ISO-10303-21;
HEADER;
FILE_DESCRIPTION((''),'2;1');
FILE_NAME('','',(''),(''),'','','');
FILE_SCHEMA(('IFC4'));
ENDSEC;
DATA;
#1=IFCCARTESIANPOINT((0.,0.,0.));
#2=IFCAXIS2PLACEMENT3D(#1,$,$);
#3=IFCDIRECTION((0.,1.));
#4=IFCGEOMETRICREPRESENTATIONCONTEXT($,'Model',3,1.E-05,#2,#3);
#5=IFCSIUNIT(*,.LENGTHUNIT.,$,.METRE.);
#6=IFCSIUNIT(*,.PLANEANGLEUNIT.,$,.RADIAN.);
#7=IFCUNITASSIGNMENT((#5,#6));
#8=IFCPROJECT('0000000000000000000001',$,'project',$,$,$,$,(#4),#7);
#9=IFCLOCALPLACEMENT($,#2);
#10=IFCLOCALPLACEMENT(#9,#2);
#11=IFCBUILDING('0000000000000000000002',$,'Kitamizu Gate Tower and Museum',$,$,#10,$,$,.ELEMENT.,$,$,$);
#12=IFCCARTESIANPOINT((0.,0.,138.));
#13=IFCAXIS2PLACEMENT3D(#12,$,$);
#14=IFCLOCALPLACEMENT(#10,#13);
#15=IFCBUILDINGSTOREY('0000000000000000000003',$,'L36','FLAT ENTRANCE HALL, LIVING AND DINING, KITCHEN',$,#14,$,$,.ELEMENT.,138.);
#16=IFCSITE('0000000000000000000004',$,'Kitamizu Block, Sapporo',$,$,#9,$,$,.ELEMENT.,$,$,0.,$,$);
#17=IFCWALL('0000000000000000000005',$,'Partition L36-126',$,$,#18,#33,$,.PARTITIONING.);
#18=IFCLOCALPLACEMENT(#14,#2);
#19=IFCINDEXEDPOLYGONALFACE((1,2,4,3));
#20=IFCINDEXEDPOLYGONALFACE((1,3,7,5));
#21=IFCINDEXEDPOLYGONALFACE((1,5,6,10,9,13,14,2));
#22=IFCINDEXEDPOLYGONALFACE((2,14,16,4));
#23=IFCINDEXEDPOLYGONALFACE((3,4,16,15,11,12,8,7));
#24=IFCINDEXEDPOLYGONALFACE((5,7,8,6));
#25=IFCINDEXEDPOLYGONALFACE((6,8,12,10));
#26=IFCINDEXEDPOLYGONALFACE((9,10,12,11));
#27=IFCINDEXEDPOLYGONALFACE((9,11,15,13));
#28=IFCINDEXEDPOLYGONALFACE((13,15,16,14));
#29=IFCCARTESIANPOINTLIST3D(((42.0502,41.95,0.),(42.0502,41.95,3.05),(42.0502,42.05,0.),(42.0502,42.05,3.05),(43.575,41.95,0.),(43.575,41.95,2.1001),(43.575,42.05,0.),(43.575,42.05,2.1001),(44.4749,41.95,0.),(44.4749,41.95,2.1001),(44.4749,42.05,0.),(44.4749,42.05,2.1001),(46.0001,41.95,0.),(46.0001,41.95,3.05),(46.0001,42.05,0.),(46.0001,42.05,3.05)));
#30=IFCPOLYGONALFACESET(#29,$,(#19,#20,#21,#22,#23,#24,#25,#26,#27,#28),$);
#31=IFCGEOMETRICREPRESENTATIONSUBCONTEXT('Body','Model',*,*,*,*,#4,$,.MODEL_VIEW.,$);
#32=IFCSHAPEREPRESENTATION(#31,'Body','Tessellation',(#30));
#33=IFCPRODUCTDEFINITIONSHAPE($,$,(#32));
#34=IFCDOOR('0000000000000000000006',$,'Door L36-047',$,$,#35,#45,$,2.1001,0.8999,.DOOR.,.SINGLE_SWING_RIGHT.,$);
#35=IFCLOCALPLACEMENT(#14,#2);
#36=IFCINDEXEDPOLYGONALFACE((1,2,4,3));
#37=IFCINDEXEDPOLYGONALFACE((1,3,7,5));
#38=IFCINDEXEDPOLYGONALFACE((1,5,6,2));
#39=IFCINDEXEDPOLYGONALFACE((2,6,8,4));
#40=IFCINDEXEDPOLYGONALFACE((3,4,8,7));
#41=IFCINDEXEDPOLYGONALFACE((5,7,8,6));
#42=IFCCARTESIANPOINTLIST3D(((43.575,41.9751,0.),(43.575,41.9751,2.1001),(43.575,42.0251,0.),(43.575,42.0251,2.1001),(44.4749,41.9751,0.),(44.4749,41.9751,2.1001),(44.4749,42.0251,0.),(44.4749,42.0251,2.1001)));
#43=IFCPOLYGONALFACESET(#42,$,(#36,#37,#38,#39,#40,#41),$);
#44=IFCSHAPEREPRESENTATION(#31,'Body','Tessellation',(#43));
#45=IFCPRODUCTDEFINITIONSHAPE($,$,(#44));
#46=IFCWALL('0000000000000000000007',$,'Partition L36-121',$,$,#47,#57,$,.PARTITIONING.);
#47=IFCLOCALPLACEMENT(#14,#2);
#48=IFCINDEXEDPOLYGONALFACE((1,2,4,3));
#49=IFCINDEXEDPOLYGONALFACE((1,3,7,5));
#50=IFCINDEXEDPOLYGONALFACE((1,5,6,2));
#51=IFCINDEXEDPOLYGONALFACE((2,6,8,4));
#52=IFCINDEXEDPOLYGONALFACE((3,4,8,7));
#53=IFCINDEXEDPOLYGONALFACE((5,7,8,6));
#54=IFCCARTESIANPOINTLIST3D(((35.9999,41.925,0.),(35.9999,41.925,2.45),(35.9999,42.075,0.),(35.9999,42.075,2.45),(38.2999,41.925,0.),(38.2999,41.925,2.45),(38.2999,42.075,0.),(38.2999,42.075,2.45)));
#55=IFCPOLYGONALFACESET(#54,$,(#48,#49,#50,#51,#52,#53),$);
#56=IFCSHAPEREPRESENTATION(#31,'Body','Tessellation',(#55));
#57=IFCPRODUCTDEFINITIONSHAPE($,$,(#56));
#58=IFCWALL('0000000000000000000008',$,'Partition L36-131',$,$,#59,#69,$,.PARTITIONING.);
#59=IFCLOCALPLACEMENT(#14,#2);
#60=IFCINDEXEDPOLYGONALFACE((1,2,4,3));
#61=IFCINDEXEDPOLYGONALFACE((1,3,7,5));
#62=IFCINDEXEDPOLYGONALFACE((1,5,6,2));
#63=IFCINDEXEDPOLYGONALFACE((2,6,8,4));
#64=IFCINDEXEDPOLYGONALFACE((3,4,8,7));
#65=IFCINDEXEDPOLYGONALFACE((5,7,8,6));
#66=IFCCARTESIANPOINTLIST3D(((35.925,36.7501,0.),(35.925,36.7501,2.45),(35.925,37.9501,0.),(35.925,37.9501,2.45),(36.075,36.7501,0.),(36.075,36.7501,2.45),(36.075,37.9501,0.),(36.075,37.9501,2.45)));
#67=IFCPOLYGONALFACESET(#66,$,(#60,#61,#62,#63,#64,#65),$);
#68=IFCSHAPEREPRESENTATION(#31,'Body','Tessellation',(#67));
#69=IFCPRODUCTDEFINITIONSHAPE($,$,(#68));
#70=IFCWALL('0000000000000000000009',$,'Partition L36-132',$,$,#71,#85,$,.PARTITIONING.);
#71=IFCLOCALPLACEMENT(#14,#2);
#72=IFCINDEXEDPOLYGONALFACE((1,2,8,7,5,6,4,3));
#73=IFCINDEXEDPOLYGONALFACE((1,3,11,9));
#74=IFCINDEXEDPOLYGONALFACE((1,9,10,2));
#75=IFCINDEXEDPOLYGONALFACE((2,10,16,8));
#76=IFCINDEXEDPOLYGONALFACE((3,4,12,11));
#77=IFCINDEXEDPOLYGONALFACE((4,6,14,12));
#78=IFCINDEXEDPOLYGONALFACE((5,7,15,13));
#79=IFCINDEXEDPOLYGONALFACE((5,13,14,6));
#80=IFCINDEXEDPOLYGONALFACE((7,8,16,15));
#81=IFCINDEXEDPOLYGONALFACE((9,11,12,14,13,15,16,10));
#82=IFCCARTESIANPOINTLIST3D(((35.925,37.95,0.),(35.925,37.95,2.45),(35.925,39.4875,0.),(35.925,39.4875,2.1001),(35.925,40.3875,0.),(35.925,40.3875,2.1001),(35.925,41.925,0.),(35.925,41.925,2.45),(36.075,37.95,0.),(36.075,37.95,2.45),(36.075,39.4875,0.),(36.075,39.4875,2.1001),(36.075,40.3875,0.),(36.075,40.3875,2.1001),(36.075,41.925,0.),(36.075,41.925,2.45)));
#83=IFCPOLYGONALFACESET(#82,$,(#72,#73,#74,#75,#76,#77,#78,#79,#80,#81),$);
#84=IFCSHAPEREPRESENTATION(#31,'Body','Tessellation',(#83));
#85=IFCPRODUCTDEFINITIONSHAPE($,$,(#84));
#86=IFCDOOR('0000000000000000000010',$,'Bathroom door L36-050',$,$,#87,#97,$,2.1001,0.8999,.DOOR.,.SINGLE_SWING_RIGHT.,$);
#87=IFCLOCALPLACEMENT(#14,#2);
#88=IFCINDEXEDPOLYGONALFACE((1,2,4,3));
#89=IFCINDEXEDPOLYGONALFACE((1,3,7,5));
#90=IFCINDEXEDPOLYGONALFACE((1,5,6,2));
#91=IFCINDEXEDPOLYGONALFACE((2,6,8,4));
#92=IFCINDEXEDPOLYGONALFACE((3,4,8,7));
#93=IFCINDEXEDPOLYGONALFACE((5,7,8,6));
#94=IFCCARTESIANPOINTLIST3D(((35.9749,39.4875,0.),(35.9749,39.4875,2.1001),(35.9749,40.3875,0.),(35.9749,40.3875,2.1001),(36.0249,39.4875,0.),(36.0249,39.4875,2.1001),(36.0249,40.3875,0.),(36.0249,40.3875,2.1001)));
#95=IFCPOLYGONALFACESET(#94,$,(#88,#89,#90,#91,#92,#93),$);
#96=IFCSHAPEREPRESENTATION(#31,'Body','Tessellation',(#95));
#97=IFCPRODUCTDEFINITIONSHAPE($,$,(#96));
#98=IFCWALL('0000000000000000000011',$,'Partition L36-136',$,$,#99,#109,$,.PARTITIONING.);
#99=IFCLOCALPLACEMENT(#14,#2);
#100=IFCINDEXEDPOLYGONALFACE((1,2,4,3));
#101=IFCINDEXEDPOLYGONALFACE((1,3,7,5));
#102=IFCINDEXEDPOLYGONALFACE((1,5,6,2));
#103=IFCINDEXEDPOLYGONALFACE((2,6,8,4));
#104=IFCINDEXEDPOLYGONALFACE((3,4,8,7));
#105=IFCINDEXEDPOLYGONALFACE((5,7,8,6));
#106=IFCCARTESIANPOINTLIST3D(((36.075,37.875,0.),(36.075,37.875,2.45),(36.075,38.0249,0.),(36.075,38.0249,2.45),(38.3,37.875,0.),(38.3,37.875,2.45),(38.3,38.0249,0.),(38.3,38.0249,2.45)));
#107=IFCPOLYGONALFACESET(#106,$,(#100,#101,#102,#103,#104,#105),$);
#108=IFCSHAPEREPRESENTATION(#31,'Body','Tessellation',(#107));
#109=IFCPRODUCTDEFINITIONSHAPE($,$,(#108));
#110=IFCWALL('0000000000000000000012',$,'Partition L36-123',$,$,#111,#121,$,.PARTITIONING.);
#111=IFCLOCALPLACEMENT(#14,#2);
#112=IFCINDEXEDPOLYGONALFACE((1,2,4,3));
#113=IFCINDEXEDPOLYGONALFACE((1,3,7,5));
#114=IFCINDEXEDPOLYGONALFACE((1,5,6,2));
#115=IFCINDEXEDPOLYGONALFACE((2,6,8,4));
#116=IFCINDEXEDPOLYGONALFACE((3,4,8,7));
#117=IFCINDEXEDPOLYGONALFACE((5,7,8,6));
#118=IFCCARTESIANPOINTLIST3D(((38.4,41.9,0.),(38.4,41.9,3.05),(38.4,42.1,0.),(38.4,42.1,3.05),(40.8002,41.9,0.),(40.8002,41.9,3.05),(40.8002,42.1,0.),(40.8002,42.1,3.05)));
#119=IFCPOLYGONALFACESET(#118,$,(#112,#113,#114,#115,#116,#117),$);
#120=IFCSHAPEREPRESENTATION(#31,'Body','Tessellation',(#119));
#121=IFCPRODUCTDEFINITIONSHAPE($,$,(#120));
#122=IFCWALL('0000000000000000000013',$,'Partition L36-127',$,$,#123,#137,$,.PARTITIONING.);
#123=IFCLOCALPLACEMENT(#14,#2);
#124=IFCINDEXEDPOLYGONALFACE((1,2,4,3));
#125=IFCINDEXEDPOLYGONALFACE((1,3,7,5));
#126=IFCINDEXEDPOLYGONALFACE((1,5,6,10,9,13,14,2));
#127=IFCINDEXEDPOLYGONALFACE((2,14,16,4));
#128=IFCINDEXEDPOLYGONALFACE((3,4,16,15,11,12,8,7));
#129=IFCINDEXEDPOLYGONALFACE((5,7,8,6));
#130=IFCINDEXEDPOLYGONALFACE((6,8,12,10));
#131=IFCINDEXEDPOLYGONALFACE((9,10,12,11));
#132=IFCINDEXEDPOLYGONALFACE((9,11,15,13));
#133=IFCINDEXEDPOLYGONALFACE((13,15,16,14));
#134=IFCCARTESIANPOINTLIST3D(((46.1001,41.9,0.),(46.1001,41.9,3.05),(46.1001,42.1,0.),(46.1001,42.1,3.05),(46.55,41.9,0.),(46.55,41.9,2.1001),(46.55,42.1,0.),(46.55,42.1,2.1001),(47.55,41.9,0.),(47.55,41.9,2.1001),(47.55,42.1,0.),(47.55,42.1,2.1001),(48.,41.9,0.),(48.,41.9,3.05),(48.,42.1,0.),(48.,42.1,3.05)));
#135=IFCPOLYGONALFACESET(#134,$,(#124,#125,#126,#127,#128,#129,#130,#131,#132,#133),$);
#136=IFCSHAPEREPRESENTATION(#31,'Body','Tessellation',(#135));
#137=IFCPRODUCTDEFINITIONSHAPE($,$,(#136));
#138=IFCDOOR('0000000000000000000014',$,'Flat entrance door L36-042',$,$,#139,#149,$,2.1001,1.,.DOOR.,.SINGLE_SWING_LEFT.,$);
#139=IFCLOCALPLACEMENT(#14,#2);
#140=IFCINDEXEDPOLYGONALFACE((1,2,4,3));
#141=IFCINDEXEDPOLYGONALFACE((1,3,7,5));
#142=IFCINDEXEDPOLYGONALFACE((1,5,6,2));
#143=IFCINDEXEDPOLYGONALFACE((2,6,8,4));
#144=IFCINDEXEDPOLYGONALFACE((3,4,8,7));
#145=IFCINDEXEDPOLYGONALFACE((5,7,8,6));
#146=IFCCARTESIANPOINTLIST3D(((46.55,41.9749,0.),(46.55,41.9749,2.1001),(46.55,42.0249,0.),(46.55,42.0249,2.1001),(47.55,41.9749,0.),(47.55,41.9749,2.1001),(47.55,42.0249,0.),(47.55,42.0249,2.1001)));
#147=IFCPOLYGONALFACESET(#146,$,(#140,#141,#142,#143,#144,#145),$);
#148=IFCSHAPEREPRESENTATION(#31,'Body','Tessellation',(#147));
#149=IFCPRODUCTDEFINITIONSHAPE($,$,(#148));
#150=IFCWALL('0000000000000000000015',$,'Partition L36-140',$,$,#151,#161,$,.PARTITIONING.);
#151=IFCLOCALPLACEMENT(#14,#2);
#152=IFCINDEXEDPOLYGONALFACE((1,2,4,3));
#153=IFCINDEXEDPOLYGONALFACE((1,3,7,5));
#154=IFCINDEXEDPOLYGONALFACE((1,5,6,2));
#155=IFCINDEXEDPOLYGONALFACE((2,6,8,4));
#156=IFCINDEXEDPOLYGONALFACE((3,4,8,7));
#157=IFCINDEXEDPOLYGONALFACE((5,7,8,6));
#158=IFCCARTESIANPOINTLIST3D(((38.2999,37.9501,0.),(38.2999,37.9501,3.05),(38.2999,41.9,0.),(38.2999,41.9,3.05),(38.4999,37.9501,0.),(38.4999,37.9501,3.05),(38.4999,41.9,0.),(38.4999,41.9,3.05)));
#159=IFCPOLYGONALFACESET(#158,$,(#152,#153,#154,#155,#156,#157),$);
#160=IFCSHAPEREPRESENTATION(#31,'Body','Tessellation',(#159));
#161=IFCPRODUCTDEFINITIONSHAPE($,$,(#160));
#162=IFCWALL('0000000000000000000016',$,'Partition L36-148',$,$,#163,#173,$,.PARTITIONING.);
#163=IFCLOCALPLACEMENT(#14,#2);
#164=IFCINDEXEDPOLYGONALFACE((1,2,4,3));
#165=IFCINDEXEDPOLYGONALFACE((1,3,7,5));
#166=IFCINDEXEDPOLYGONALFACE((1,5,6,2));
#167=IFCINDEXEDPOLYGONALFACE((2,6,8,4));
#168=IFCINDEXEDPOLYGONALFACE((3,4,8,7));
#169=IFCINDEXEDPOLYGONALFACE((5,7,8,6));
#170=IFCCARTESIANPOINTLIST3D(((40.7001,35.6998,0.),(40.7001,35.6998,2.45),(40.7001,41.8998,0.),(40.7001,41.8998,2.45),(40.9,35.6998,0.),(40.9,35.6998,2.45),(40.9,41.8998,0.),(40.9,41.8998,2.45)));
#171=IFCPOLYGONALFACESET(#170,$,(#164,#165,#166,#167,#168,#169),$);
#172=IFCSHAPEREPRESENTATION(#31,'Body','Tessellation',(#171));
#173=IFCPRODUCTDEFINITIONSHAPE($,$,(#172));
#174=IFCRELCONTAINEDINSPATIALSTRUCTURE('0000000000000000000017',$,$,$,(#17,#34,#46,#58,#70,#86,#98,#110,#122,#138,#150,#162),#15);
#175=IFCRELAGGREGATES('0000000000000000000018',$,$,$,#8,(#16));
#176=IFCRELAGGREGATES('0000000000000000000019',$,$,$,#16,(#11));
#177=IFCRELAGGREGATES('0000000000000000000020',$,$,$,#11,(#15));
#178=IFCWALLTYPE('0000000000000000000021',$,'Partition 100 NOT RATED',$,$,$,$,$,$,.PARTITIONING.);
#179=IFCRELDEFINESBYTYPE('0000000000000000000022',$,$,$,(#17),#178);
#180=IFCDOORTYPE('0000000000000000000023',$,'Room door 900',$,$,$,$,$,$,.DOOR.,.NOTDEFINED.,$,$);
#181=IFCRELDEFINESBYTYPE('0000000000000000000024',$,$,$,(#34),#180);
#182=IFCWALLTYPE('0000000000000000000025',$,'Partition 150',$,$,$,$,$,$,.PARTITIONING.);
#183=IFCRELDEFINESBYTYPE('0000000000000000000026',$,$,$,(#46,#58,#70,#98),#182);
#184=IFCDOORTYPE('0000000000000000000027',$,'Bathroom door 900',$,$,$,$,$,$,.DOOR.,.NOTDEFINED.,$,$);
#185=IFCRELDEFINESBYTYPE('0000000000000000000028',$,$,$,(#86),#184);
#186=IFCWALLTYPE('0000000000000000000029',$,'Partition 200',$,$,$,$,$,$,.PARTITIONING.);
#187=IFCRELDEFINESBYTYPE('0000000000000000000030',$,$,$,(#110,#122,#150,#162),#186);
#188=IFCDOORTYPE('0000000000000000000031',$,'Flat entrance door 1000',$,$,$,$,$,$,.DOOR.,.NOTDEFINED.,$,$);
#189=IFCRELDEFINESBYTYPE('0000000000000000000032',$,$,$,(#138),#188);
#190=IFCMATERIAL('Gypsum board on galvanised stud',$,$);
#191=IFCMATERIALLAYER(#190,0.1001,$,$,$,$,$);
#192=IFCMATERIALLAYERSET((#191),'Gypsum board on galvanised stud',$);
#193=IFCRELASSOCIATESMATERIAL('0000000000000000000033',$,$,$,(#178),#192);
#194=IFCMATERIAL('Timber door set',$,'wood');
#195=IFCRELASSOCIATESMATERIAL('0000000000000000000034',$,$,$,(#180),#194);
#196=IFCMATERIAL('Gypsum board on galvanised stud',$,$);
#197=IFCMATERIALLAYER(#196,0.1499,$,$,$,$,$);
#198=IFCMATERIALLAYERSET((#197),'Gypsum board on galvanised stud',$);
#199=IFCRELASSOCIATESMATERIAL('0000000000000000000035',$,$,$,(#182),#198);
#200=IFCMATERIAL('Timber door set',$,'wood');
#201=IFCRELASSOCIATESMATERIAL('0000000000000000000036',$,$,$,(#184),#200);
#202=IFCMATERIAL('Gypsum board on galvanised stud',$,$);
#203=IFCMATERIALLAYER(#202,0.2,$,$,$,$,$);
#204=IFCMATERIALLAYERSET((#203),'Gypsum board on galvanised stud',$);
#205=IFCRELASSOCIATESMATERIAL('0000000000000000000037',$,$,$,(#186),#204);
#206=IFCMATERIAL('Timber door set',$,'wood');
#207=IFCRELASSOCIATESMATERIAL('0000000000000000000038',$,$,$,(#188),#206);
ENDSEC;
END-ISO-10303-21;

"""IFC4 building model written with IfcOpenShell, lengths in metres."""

from ifc_helpers import new_model, si_unit, direction, frame, frame_2d, origin, place, context, subcontext, project, spatial, rectangle, extrude, material, layer, layer_set, type_object, element, fill, save


model = new_model("IFC4")

# Units and contexts
model_context = context("Model", 3, precision=1e-05, world=origin(), true_north=direction((0.0, 1.0)))
body_context = subcontext(model_context, "Body", "Model", "MODEL_VIEW")
ifc_project = project(units=[si_unit("LENGTHUNIT", "METRE"), si_unit("PLANEANGLEUNIT", "RADIAN")], contexts=[model_context])

# Site, building, storey
site_placement = place(None, origin())
site = spatial("IfcSite", under=ifc_project, at=site_placement, Name="Kitamizu Block, Sapporo", CompositionType="ELEMENT", RefElevation=0.0)
building_placement = place(site_placement, origin())
building = spatial("IfcBuilding", under=site, at=building_placement, Name="Kitamizu Gate Tower and Museum", CompositionType="ELEMENT")
storey_placement = place(building_placement, frame((0.0, 0.0, 138.0)))
storey = spatial("IfcBuildingStorey", under=building, at=storey_placement, Name="L36", Description="FLAT ENTRANCE HALL, LIVING AND DINING, KITCHEN", CompositionType="ELEMENT", Elevation=138.0)

# Shared definitions
ifc_material_1 = material(Name="Gypsum board on galvanised stud")
ifc_layer_1 = layer(ifc_material_1, 0.1001)
ifc_layer_set_1 = layer_set([ifc_layer_1], Name="Gypsum board on galvanised stud")
wall_type_1 = type_object("IfcWallType", Name="Partition 100 NOT RATED", PredefinedType="PARTITIONING", material=ifc_layer_set_1)

# Shared definitions
ifc_material_2 = material(Name="Timber door set", Category="wood")
door_type_1 = type_object("IfcDoorType", Name="Room door 900", OperationType="NOTDEFINED", PredefinedType="DOOR", material=ifc_material_2)

# Wall, opening, door
wall_1_placement = place(storey_placement, frame((42.05, 42.0, 0.0), z_axis=(0.0, 0.0, 1.0), x_axis=(1.0, 0.0, 0.0)))
wall_1 = element("IfcWall", 1, at=wall_1_placement, inside=storey, type_object=wall_type_1, Name="Partition L36-126", PredefinedType="PARTITIONING", context=body_context, shape_type="SweptSolid", body=[
    extrude(rectangle(XDim=3.95, YDim=0.1001, at=frame_2d((1.9751, 0.0))), origin(), (0.0, 0.0, 1.0), 3.05),
])
opening_1_placement = place(wall_1_placement, frame((1.5249, 0.0, 0.0)))
opening_1 = element("IfcOpeningElement", 2, at=opening_1_placement, cuts=wall_1, PredefinedType="OPENING", context=body_context, shape_type="SweptSolid", body=[
    extrude(rectangle(XDim=0.8999, YDim=2.1001, at=frame_2d((0.45, 1.05))), frame((0.0, 0.0601, 0.0), z_axis=(0.0, -1.0, 0.0), x_axis=(1.0, 0.0, 0.0)), (0.0, 0.0, 1.0), 0.1201),
])
door_1_placement = place(opening_1_placement, frame((0.8999, 0.0, 0.0), x_axis=(-1.0, 0.0, 0.0)))
door_1 = element("IfcDoor", 3, at=door_1_placement, inside=storey, type_object=door_type_1, Name="Door L36-047", OperationType="SINGLE_SWING_RIGHT", OverallHeight=2.1001, OverallWidth=0.8999, PredefinedType="DOOR", context=body_context, shape_type="SweptSolid", body=[
    extrude(rectangle(XDim=0.8999, YDim=2.1001, at=frame_2d((0.45, 1.05))), frame((0.0, 0.0249, 0.0), z_axis=(0.0, -1.0, 0.0), x_axis=(1.0, 0.0, 0.0)), (0.0, 0.0, 1.0), 0.05),
])
fill(opening_1, door_1)

# Walls
ifc_material_3 = material(Name="Gypsum board on galvanised stud")
ifc_layer_2 = layer(ifc_material_3, 0.1499)
ifc_layer_set_2 = layer_set([ifc_layer_2], Name="Gypsum board on galvanised stud")
wall_type_2 = type_object("IfcWallType", Name="Partition 150", PredefinedType="PARTITIONING", material=ifc_layer_set_2)
wall_2_placement = place(storey_placement, frame((36.0, 42.0, 0.0), z_axis=(0.0, 0.0, 1.0), x_axis=(1.0, 0.0, 0.0)))
element("IfcWall", 4, at=wall_2_placement, inside=storey, type_object=wall_type_2, Name="Partition L36-121", PredefinedType="PARTITIONING", context=body_context, shape_type="SweptSolid", body=[
    extrude(rectangle(XDim=2.3, YDim=0.1499, at=frame_2d((1.1499, 0.0))), origin(), (0.0, 0.0, 1.0), 2.45),
])
wall_3_placement = place(storey_placement, frame((36.0, 36.75, 0.0), z_axis=(0.0, 0.0, 1.0), x_axis=(0.0, 1.0, 0.0)))
element("IfcWall", 5, at=wall_3_placement, inside=storey, type_object=wall_type_2, Name="Partition L36-131", PredefinedType="PARTITIONING", context=body_context, shape_type="SweptSolid", body=[
    extrude(rectangle(XDim=1.2, YDim=0.1499, at=frame_2d((0.6001, 0.0))), origin(), (0.0, 0.0, 1.0), 2.45),
])

# Wall, opening, door
wall_4_placement = place(storey_placement, frame((36.0, 37.95, 0.0), z_axis=(0.0, 0.0, 1.0), x_axis=(0.0, 1.0, 0.0)))
wall_4 = element("IfcWall", 6, at=wall_4_placement, inside=storey, type_object=wall_type_2, Name="Partition L36-132", PredefinedType="PARTITIONING", context=body_context, shape_type="SweptSolid", body=[
    extrude(rectangle(XDim=3.9751, YDim=0.1499, at=frame_2d((1.9875, 0.0))), origin(), (0.0, 0.0, 1.0), 2.45),
])
opening_2_placement = place(wall_4_placement, frame((1.5376, 0.0, 0.0)))
opening_2 = element("IfcOpeningElement", 7, at=opening_2_placement, cuts=wall_4, PredefinedType="OPENING", context=body_context, shape_type="SweptSolid", body=[
    extrude(rectangle(XDim=0.8999, YDim=2.1001, at=frame_2d((0.45, 1.05))), frame((0.0, 0.085, 0.0), z_axis=(0.0, -1.0, 0.0), x_axis=(1.0, 0.0, 0.0)), (0.0, 0.0, 1.0), 0.1699),
])
ifc_material_4 = material(Name="Timber door set", Category="wood")
door_type_2 = type_object("IfcDoorType", Name="Bathroom door 900", OperationType="NOTDEFINED", PredefinedType="DOOR", material=ifc_material_4)
door_2_placement = place(opening_2_placement, frame((0.8999, 0.0, 0.0), x_axis=(-1.0, 0.0, 0.0)))
door_2 = element("IfcDoor", 8, at=door_2_placement, inside=storey, type_object=door_type_2, Name="Bathroom door L36-050", OperationType="SINGLE_SWING_RIGHT", OverallHeight=2.1001, OverallWidth=0.8999, PredefinedType="DOOR", context=body_context, shape_type="SweptSolid", body=[
    extrude(rectangle(XDim=0.8999, YDim=2.1001, at=frame_2d((0.45, 1.05))), frame((0.0, 0.0249, 0.0), z_axis=(0.0, -1.0, 0.0), x_axis=(1.0, 0.0, 0.0)), (0.0, 0.0, 1.0), 0.05),
])
fill(opening_2, door_2)

# Walls
wall_5_placement = place(storey_placement, frame((38.3, 37.95, 0.0), z_axis=(0.0, 0.0, 1.0), x_axis=(-1.0, 0.0, 0.0)))
element("IfcWall", 9, at=wall_5_placement, inside=storey, type_object=wall_type_2, Name="Partition L36-136", PredefinedType="PARTITIONING", context=body_context, shape_type="SweptSolid", body=[
    extrude(rectangle(XDim=2.2251, YDim=0.1499, at=frame_2d((1.1125, 0.0))), origin(), (0.0, 0.0, 1.0), 2.45),
])
ifc_material_5 = material(Name="Gypsum board on galvanised stud")
ifc_layer_3 = layer(ifc_material_5, 0.2)
ifc_layer_set_3 = layer_set([ifc_layer_3], Name="Gypsum board on galvanised stud")
wall_type_3 = type_object("IfcWallType", Name="Partition 200", PredefinedType="PARTITIONING", material=ifc_layer_set_3)
wall_6_placement = place(storey_placement, frame((38.3999, 42.0, 0.0), z_axis=(0.0, 0.0, 1.0), x_axis=(1.0, 0.0, 0.0)))
element("IfcWall", 10, at=wall_6_placement, inside=storey, type_object=wall_type_3, Name="Partition L36-123", PredefinedType="PARTITIONING", context=body_context, shape_type="SweptSolid", body=[
    extrude(rectangle(XDim=2.4001, YDim=0.2, at=frame_2d((1.2002, 0.0))), origin(), (0.0, 0.0, 1.0), 3.05),
])

# Wall, opening, door
wall_7_placement = place(storey_placement, frame((46.1001, 42.0, 0.0), z_axis=(0.0, 0.0, 1.0), x_axis=(1.0, 0.0, 0.0)))
wall_7 = element("IfcWall", 11, at=wall_7_placement, inside=storey, type_object=wall_type_3, Name="Partition L36-127", PredefinedType="PARTITIONING", context=body_context, shape_type="SweptSolid", body=[
    extrude(rectangle(XDim=1.8999, YDim=0.2, at=frame_2d((0.95, 0.0))), origin(), (0.0, 0.0, 1.0), 3.05),
])
opening_3_placement = place(wall_7_placement, frame((0.45, 0.0, 0.0)))
opening_3 = element("IfcOpeningElement", 12, at=opening_3_placement, cuts=wall_7, PredefinedType="OPENING", context=body_context, shape_type="SweptSolid", body=[
    extrude(rectangle(XDim=1.0, YDim=2.1001, at=frame_2d((0.5, 1.05))), frame((0.0, 0.1099, 0.0), z_axis=(0.0, -1.0, 0.0), x_axis=(1.0, 0.0, 0.0)), (0.0, 0.0, 1.0), 0.22),
])
ifc_material_6 = material(Name="Timber door set", Category="wood")
door_type_3 = type_object("IfcDoorType", Name="Flat entrance door 1000", OperationType="NOTDEFINED", PredefinedType="DOOR", material=ifc_material_6)
door_3_placement = place(opening_3_placement, origin())
door_3 = element("IfcDoor", 13, at=door_3_placement, inside=storey, type_object=door_type_3, Name="Flat entrance door L36-042", OperationType="SINGLE_SWING_LEFT", OverallHeight=2.1001, OverallWidth=1.0, PredefinedType="DOOR", context=body_context, shape_type="SweptSolid", body=[
    extrude(rectangle(XDim=1.0, YDim=2.1001, at=frame_2d((0.5, 1.05))), frame((0.0, 0.0249, 0.0), z_axis=(0.0, -1.0, 0.0), x_axis=(1.0, 0.0, 0.0)), (0.0, 0.0, 1.0), 0.05),
])
fill(opening_3, door_3)

# Walls
wall_8_placement = place(storey_placement, frame((38.3999, 37.95, 0.0), z_axis=(0.0, 0.0, 1.0), x_axis=(0.0, 1.0, 0.0)))
element("IfcWall", 14, at=wall_8_placement, inside=storey, type_object=wall_type_3, Name="Partition L36-140", PredefinedType="PARTITIONING", context=body_context, shape_type="SweptSolid", body=[
    extrude(rectangle(XDim=3.95, YDim=0.2, at=frame_2d((1.9751, 0.0))), origin(), (0.0, 0.0, 1.0), 3.05),
])
wall_9_placement = place(storey_placement, frame((40.8, 41.8999, 0.0), z_axis=(0.0, 0.0, 1.0), x_axis=(0.0, -1.0, 0.0)))
element("IfcWall", 15, at=wall_9_placement, inside=storey, type_object=wall_type_3, Name="Partition L36-148", PredefinedType="PARTITIONING", context=body_context, shape_type="SweptSolid", body=[
    extrude(rectangle(XDim=6.2, YDim=0.2, at=frame_2d((3.1001, 0.0))), origin(), (0.0, 0.0, 1.0), 2.45),
])

save(model, "model.ifc")
